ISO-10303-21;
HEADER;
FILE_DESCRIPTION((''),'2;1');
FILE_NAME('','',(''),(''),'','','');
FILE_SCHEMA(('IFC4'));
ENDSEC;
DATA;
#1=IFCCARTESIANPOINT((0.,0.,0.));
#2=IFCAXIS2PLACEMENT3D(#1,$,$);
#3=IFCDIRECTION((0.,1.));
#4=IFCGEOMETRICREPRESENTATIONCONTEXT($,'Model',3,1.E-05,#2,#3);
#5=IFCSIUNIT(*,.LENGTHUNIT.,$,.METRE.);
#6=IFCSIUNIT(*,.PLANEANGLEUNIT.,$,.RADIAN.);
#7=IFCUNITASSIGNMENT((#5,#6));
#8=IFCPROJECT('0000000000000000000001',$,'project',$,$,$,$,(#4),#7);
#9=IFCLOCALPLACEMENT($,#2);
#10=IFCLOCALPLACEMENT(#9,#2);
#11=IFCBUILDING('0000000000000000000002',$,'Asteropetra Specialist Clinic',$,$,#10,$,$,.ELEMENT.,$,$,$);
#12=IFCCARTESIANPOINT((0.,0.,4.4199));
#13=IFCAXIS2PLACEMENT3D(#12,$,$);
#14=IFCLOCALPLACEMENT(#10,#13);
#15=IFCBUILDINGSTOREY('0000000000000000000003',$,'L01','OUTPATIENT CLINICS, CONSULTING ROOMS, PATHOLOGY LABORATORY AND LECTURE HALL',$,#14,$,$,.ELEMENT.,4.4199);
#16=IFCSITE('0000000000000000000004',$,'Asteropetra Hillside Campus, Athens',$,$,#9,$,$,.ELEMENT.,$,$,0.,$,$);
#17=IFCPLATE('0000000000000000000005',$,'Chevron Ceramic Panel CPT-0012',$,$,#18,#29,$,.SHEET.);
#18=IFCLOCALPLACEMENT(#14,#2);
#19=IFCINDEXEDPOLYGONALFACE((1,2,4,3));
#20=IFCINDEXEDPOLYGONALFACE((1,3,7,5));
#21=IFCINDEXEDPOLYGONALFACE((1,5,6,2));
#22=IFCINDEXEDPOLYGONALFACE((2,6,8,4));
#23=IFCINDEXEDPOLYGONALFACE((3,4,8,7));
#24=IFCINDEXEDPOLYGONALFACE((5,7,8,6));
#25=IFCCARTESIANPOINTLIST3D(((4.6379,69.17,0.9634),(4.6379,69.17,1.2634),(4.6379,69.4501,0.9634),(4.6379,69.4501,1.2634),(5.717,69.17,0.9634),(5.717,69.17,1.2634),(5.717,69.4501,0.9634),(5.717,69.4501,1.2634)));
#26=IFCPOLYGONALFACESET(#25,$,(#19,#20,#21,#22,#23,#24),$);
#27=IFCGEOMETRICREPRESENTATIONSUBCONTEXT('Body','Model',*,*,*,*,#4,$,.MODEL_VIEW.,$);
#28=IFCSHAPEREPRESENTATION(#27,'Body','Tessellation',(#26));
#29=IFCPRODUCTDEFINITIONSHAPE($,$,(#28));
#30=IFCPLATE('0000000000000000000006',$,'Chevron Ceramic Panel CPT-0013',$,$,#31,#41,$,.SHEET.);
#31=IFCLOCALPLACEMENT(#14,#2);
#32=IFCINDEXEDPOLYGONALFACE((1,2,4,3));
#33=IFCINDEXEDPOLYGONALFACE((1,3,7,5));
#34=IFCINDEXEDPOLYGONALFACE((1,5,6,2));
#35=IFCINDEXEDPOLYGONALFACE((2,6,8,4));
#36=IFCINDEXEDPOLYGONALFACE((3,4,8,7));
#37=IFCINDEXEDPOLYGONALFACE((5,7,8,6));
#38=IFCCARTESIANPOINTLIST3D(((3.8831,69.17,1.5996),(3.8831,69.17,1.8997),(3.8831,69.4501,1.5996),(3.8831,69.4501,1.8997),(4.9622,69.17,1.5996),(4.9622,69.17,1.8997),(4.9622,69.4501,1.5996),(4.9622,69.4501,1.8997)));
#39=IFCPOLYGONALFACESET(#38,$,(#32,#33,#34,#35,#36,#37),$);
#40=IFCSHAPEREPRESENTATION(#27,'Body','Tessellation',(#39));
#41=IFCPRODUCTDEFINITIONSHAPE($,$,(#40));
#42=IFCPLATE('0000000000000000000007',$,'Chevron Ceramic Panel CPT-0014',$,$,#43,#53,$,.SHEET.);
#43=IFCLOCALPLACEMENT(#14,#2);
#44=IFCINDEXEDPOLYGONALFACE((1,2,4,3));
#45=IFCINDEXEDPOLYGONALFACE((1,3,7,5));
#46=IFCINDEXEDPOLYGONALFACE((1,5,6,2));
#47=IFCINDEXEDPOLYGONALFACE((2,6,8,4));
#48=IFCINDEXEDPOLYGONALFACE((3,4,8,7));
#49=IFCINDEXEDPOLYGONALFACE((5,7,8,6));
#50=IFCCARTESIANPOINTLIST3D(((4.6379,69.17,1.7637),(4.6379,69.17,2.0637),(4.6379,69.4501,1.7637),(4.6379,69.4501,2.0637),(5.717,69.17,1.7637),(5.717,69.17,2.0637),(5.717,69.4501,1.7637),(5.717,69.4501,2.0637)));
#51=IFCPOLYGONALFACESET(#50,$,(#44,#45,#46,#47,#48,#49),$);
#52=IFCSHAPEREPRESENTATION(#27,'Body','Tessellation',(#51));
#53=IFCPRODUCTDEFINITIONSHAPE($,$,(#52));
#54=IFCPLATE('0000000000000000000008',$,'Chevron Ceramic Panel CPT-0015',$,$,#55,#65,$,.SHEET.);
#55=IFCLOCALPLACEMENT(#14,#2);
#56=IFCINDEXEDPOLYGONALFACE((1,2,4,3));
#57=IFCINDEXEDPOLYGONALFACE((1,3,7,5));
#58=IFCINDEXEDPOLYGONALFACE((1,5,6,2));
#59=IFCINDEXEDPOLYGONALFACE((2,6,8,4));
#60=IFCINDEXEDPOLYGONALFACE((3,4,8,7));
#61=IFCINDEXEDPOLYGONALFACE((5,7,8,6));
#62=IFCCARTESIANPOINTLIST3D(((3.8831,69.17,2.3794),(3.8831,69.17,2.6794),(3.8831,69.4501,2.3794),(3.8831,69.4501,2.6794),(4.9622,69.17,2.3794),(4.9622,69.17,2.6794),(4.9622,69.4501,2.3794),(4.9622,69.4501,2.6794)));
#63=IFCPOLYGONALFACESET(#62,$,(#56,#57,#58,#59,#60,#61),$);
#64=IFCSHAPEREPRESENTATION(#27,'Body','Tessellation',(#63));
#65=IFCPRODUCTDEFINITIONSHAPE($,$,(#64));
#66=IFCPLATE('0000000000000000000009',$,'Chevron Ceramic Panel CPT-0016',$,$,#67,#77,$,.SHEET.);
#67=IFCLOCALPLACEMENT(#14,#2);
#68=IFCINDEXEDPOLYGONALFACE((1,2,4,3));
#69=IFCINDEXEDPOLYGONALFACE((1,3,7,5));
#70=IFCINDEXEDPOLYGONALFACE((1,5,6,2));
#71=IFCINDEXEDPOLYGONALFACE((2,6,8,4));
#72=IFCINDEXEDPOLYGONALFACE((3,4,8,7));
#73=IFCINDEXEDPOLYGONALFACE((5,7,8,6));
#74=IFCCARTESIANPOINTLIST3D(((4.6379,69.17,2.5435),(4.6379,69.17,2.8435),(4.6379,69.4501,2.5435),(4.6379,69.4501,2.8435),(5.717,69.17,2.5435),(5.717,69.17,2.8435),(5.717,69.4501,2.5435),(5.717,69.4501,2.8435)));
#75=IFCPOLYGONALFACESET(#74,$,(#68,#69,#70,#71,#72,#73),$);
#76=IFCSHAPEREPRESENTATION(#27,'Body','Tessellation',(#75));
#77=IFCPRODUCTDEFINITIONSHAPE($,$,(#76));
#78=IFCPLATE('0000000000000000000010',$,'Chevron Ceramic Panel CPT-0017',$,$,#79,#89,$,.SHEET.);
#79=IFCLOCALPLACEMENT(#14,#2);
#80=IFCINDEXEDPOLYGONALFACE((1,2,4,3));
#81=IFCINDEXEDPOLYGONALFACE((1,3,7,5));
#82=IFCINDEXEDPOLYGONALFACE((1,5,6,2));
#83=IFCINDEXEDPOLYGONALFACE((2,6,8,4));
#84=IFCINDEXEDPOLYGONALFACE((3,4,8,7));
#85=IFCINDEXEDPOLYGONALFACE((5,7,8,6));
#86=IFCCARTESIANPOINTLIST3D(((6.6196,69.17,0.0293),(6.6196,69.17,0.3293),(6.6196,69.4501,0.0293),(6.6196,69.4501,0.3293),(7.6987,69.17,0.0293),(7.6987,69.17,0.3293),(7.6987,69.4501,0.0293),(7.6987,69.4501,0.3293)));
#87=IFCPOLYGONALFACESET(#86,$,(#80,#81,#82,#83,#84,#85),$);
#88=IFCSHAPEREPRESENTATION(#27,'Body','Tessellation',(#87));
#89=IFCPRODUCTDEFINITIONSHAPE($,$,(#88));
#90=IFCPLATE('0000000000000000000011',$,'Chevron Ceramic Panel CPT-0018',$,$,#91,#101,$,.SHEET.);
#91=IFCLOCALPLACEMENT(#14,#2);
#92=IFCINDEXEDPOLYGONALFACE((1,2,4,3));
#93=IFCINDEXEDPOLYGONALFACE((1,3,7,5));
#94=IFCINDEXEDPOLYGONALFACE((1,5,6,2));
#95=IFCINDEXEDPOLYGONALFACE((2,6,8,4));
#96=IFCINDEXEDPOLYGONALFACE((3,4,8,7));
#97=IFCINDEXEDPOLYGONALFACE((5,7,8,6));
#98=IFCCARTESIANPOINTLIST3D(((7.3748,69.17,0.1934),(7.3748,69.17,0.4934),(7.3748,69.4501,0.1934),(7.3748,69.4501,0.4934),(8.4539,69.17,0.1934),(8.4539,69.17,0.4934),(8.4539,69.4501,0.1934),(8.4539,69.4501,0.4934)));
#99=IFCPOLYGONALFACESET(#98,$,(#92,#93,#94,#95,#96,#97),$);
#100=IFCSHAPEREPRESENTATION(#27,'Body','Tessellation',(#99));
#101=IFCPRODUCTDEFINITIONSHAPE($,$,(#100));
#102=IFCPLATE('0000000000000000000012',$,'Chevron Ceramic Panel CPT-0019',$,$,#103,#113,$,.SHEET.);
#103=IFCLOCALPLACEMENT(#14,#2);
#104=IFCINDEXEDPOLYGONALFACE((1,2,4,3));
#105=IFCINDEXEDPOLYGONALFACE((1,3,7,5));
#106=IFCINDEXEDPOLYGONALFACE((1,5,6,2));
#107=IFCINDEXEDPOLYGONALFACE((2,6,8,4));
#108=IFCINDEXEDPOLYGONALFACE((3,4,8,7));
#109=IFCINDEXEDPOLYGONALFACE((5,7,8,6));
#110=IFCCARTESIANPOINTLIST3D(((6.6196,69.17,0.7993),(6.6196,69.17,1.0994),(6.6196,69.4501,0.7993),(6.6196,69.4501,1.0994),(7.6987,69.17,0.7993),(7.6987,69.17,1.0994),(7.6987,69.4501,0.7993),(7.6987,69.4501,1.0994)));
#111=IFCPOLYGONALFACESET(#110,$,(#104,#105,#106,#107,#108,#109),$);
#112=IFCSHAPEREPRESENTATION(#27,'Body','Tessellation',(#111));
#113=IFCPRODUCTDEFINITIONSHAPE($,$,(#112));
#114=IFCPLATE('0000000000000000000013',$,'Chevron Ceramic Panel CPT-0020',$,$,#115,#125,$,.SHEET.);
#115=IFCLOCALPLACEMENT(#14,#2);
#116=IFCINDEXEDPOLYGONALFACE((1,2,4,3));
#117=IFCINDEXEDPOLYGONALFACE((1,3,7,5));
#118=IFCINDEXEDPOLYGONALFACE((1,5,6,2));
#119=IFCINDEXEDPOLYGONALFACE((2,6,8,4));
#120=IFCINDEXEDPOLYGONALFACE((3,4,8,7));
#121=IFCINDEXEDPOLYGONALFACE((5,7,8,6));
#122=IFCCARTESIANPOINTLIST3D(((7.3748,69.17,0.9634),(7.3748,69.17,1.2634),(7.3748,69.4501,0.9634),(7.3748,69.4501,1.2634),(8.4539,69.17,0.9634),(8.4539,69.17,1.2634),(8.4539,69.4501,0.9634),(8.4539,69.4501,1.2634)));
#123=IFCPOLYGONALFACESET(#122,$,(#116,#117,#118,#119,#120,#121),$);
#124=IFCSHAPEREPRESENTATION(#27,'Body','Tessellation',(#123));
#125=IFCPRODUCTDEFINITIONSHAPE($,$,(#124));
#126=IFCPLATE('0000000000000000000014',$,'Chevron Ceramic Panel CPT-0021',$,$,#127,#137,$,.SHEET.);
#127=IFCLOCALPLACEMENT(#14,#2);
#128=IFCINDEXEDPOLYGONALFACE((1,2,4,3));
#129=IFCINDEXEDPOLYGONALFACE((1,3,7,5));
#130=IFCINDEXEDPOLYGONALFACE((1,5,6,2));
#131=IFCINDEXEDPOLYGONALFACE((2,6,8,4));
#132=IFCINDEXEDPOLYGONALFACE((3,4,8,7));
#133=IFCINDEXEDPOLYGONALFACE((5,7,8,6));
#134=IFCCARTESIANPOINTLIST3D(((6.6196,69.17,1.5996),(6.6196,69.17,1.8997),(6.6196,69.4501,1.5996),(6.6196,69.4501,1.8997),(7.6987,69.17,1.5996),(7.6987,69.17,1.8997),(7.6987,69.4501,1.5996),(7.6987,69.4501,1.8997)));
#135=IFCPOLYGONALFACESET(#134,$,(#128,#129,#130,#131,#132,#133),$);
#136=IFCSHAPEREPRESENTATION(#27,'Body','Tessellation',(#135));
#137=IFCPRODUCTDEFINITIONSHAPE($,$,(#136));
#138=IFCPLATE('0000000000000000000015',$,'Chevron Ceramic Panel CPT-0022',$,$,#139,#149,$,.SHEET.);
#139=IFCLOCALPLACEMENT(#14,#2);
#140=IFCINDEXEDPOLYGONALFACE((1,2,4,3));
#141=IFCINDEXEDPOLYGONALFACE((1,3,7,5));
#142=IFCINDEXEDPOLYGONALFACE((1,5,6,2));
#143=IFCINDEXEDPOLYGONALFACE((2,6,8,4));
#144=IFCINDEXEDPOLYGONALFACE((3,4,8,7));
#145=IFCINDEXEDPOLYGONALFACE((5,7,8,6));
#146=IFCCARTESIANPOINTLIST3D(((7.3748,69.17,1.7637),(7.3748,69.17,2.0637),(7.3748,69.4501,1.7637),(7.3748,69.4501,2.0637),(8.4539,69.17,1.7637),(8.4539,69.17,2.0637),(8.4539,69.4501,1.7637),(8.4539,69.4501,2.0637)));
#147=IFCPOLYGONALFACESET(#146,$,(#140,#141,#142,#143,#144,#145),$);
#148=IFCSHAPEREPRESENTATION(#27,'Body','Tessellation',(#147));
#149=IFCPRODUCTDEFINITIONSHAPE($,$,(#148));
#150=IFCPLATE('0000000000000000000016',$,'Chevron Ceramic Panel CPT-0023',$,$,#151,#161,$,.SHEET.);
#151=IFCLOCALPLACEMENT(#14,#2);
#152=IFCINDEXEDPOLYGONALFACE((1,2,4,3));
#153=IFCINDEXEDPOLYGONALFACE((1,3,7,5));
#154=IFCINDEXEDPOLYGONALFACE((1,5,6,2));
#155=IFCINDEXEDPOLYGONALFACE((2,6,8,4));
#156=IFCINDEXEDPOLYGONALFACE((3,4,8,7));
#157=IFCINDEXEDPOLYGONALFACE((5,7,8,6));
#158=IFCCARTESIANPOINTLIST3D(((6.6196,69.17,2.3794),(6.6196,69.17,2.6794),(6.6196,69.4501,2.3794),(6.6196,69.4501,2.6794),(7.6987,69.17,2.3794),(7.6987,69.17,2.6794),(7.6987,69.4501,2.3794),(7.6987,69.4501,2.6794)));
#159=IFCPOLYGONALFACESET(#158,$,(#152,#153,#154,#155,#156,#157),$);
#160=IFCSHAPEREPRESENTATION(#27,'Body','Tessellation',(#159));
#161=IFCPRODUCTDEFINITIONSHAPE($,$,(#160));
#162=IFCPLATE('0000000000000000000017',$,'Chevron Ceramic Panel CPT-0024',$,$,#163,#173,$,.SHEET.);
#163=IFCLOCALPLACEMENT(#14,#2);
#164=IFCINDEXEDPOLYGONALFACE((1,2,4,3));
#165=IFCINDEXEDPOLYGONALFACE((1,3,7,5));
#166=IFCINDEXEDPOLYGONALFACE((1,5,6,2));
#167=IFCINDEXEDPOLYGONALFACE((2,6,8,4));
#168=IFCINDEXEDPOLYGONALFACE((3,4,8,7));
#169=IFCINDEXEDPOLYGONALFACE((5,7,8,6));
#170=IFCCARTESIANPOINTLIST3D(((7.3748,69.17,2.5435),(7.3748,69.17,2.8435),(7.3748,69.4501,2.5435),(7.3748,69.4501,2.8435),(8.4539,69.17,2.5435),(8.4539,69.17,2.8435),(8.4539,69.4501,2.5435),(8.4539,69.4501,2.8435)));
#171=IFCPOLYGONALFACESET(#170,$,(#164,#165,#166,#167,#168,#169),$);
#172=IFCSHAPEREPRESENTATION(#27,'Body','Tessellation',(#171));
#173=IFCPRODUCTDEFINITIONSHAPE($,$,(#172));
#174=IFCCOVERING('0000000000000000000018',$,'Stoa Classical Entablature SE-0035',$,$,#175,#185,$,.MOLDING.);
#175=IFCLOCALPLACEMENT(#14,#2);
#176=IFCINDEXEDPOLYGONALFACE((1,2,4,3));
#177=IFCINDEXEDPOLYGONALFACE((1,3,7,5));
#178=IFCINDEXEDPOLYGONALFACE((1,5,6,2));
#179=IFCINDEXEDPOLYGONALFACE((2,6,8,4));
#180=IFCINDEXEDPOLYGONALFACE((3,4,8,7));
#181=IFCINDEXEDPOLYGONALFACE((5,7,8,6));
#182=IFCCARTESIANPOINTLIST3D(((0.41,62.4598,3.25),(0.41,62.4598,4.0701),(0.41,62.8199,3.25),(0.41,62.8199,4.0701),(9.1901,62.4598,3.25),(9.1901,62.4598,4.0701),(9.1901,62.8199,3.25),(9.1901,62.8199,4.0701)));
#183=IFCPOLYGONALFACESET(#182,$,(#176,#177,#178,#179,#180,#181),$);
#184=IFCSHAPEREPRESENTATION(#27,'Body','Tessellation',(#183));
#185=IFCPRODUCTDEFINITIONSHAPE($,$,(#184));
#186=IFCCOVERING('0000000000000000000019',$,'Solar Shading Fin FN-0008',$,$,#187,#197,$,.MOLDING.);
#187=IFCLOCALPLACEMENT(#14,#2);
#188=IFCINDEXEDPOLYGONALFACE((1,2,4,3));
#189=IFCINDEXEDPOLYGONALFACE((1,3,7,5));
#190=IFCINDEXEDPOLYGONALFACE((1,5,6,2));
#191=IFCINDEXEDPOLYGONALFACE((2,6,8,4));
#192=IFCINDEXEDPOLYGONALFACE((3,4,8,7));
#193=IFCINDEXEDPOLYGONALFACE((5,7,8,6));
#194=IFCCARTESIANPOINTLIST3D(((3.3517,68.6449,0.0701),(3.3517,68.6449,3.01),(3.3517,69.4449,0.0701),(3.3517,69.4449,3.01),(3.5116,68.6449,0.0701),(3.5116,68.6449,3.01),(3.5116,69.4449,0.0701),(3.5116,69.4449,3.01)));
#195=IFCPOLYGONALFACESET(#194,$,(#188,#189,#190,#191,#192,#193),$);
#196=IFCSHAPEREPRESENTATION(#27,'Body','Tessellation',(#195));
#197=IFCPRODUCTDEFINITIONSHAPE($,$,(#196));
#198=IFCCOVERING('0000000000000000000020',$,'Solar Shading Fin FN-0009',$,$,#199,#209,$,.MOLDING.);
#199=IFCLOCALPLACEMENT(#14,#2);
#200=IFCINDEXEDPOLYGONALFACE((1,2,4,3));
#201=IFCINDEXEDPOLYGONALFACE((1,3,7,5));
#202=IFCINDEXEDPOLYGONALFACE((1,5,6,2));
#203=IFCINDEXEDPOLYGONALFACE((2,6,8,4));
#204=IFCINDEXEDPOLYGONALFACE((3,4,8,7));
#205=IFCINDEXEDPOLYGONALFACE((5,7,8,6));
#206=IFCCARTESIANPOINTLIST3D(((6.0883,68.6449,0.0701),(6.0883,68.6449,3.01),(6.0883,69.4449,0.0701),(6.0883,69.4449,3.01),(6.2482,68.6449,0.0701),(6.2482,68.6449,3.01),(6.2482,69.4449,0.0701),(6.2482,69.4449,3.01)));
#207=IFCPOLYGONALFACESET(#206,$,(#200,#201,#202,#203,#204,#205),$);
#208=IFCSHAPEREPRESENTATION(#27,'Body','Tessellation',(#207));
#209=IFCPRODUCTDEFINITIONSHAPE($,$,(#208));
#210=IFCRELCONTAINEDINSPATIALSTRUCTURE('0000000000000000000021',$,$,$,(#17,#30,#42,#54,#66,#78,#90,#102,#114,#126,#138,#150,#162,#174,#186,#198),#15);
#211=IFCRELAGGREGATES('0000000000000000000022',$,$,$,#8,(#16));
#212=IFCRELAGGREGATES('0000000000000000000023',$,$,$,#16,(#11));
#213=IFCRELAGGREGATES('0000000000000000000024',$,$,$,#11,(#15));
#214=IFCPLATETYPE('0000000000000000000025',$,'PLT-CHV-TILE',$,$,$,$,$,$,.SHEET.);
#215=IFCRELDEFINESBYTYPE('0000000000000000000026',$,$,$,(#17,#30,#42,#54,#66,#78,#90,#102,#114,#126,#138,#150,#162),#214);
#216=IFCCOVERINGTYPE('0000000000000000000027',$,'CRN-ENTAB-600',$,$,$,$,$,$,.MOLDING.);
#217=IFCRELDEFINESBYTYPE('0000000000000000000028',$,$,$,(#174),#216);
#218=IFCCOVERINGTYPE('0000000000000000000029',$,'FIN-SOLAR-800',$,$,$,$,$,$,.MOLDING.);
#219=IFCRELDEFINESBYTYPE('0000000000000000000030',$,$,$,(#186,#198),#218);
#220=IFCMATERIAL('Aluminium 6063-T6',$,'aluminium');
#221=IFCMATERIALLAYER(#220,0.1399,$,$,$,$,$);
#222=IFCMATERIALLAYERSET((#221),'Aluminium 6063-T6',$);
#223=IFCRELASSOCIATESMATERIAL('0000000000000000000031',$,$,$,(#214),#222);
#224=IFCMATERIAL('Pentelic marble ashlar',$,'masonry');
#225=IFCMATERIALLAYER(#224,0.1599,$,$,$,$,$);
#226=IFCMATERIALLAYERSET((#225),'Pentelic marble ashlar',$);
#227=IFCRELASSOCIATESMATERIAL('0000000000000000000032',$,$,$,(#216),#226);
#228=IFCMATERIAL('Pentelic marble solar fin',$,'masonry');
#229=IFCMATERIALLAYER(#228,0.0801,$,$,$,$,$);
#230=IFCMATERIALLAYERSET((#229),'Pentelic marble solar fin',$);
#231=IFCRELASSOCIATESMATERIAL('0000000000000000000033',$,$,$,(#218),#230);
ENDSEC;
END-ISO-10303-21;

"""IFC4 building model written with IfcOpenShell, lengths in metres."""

from ifc_helpers import new_model, si_unit, direction, frame, origin, origin_2d, place, context, subcontext, project, spatial, rectangle, extrude, material, layer, layer_set, type_object, element, save


model = new_model("IFC4")

# Units and contexts
model_context = context("Model", 3, precision=1e-05, world=origin(), true_north=direction((0.0, 1.0)))
body_context = subcontext(model_context, "Body", "Model", "MODEL_VIEW")
ifc_project = project(units=[si_unit("LENGTHUNIT", "METRE"), si_unit("PLANEANGLEUNIT", "RADIAN")], contexts=[model_context])

# Site, building, storey
site_placement = place(None, origin())
site = spatial("IfcSite", under=ifc_project, at=site_placement, Name="Asteropetra Hillside Campus, Athens", CompositionType="ELEMENT", RefElevation=0.0)
building_placement = place(site_placement, origin())
building = spatial("IfcBuilding", under=site, at=building_placement, Name="Asteropetra Specialist Clinic", CompositionType="ELEMENT")
storey_placement = place(building_placement, frame((0.0, 0.0, 4.4199)))
storey = spatial("IfcBuildingStorey", under=building, at=storey_placement, Name="L01", Description="OUTPATIENT CLINICS, CONSULTING ROOMS, PATHOLOGY LABORATORY AND LECTURE HALL", CompositionType="ELEMENT", Elevation=4.4199)

# Plates
ifc_material_1 = material(Name="Aluminium 6063-T6", Category="aluminium")
ifc_layer_1 = layer(ifc_material_1, 0.1399)
ifc_layer_set_1 = layer_set([ifc_layer_1], Name="Aluminium 6063-T6")
plate_type = type_object("IfcPlateType", Name="PLT-CHV-TILE", PredefinedType="SHEET", material=ifc_layer_set_1)
for number, where, z_axis, x_axis, name in (
    (1, (5.1775, 69.3101, 0.9634), (0.0, 0.0, 1.0), (1.0, 0.0, 0.0), "Chevron Ceramic Panel CPT-0012"),
    (2, (4.4226, 69.3101, 1.5996), (0.0, 0.0, 1.0), (1.0, 0.0, 0.0), "Chevron Ceramic Panel CPT-0013"),
    (3, (5.1775, 69.3101, 1.7637), (0.0, 0.0, 1.0), (1.0, 0.0, 0.0), "Chevron Ceramic Panel CPT-0014"),
    (4, (4.4226, 69.3101, 2.3794), (0.0, 0.0, 1.0), (1.0, 0.0, 0.0), "Chevron Ceramic Panel CPT-0015"),
    (5, (5.1775, 69.3101, 2.5435), (0.0, 0.0, 1.0), (1.0, 0.0, 0.0), "Chevron Ceramic Panel CPT-0016"),
    (6, (7.1592, 69.3101, 0.0293), (0.0, 0.0, 1.0), (1.0, 0.0, 0.0), "Chevron Ceramic Panel CPT-0017"),
    (7, (7.9143, 69.3101, 0.1934), (0.0, 0.0, 1.0), (1.0, 0.0, 0.0), "Chevron Ceramic Panel CPT-0018"),
    (8, (7.1592, 69.3101, 0.7993), (0.0, 0.0, 1.0), (1.0, 0.0, 0.0), "Chevron Ceramic Panel CPT-0019"),
    (9, (7.9143, 69.3101, 0.9634), (0.0, 0.0, 1.0), (1.0, 0.0, 0.0), "Chevron Ceramic Panel CPT-0020"),
    (10, (7.1592, 69.3101, 1.5996), (0.0, 0.0, 1.0), (1.0, 0.0, 0.0), "Chevron Ceramic Panel CPT-0021"),
    (11, (7.9143, 69.3101, 1.7637), (0.0, 0.0, 1.0), (1.0, 0.0, 0.0), "Chevron Ceramic Panel CPT-0022"),
    (12, (7.1592, 69.3101, 2.3794), (0.0, 0.0, 1.0), (1.0, 0.0, 0.0), "Chevron Ceramic Panel CPT-0023"),
    (13, (7.9143, 69.3101, 2.5435), (0.0, 0.0, 1.0), (1.0, 0.0, 0.0), "Chevron Ceramic Panel CPT-0024"),
):
    element("IfcPlate", number, at=place(storey_placement, frame(where, z_axis=z_axis, x_axis=x_axis)), inside=storey, type_object=plate_type, Name=name, PredefinedType="SHEET", context=body_context, shape_type="SweptSolid", body=[
        extrude(rectangle(XDim=1.0791, YDim=0.28, at=origin_2d()), origin(), (0.0, 0.0, 1.0), 0.3),
    ])

# Coverings
ifc_material_2 = material(Name="Pentelic marble ashlar", Category="masonry")
ifc_layer_2 = layer(ifc_material_2, 0.1599)
ifc_layer_set_2 = layer_set([ifc_layer_2], Name="Pentelic marble ashlar")
covering_type_1 = type_object("IfcCoveringType", Name="CRN-ENTAB-600", PredefinedType="MOLDING", material=ifc_layer_set_2)
covering_placement = place(storey_placement, frame((4.8, 62.6399, 3.25), z_axis=(0.0, 0.0, 1.0), x_axis=(1.0, 0.0, 0.0)))
element("IfcCovering", 14, at=covering_placement, inside=storey, type_object=covering_type_1, Name="Stoa Classical Entablature SE-0035", PredefinedType="MOLDING", context=body_context, shape_type="SweptSolid", body=[
    extrude(rectangle(XDim=8.78, YDim=0.3601, at=origin_2d()), origin(), (0.0, 0.0, 1.0), 0.8201),
])
ifc_material_3 = material(Name="Pentelic marble solar fin", Category="masonry")
ifc_layer_3 = layer(ifc_material_3, 0.0801)
ifc_layer_set_3 = layer_set([ifc_layer_3], Name="Pentelic marble solar fin")
covering_type_2 = type_object("IfcCoveringType", Name="FIN-SOLAR-800", PredefinedType="MOLDING", material=ifc_layer_set_3)
for number, where, z_axis, x_axis, name in (
    (15, (3.4316, 69.0449, 0.0701), (0.0, 0.0, 1.0), (1.0, 0.0, 0.0), "Solar Shading Fin FN-0008"),
    (16, (6.1682, 69.0449, 0.0701), (0.0, 0.0, 1.0), (1.0, 0.0, 0.0), "Solar Shading Fin FN-0009"),
):
    element("IfcCovering", number, at=place(storey_placement, frame(where, z_axis=z_axis, x_axis=x_axis)), inside=storey, type_object=covering_type_2, Name=name, PredefinedType="MOLDING", context=body_context, shape_type="SweptSolid", body=[
        extrude(rectangle(XDim=0.1599, YDim=0.8, at=origin_2d()), origin(), (0.0, 0.0, 1.0), 2.9399),
    ])

save(model, "model.ifc")
